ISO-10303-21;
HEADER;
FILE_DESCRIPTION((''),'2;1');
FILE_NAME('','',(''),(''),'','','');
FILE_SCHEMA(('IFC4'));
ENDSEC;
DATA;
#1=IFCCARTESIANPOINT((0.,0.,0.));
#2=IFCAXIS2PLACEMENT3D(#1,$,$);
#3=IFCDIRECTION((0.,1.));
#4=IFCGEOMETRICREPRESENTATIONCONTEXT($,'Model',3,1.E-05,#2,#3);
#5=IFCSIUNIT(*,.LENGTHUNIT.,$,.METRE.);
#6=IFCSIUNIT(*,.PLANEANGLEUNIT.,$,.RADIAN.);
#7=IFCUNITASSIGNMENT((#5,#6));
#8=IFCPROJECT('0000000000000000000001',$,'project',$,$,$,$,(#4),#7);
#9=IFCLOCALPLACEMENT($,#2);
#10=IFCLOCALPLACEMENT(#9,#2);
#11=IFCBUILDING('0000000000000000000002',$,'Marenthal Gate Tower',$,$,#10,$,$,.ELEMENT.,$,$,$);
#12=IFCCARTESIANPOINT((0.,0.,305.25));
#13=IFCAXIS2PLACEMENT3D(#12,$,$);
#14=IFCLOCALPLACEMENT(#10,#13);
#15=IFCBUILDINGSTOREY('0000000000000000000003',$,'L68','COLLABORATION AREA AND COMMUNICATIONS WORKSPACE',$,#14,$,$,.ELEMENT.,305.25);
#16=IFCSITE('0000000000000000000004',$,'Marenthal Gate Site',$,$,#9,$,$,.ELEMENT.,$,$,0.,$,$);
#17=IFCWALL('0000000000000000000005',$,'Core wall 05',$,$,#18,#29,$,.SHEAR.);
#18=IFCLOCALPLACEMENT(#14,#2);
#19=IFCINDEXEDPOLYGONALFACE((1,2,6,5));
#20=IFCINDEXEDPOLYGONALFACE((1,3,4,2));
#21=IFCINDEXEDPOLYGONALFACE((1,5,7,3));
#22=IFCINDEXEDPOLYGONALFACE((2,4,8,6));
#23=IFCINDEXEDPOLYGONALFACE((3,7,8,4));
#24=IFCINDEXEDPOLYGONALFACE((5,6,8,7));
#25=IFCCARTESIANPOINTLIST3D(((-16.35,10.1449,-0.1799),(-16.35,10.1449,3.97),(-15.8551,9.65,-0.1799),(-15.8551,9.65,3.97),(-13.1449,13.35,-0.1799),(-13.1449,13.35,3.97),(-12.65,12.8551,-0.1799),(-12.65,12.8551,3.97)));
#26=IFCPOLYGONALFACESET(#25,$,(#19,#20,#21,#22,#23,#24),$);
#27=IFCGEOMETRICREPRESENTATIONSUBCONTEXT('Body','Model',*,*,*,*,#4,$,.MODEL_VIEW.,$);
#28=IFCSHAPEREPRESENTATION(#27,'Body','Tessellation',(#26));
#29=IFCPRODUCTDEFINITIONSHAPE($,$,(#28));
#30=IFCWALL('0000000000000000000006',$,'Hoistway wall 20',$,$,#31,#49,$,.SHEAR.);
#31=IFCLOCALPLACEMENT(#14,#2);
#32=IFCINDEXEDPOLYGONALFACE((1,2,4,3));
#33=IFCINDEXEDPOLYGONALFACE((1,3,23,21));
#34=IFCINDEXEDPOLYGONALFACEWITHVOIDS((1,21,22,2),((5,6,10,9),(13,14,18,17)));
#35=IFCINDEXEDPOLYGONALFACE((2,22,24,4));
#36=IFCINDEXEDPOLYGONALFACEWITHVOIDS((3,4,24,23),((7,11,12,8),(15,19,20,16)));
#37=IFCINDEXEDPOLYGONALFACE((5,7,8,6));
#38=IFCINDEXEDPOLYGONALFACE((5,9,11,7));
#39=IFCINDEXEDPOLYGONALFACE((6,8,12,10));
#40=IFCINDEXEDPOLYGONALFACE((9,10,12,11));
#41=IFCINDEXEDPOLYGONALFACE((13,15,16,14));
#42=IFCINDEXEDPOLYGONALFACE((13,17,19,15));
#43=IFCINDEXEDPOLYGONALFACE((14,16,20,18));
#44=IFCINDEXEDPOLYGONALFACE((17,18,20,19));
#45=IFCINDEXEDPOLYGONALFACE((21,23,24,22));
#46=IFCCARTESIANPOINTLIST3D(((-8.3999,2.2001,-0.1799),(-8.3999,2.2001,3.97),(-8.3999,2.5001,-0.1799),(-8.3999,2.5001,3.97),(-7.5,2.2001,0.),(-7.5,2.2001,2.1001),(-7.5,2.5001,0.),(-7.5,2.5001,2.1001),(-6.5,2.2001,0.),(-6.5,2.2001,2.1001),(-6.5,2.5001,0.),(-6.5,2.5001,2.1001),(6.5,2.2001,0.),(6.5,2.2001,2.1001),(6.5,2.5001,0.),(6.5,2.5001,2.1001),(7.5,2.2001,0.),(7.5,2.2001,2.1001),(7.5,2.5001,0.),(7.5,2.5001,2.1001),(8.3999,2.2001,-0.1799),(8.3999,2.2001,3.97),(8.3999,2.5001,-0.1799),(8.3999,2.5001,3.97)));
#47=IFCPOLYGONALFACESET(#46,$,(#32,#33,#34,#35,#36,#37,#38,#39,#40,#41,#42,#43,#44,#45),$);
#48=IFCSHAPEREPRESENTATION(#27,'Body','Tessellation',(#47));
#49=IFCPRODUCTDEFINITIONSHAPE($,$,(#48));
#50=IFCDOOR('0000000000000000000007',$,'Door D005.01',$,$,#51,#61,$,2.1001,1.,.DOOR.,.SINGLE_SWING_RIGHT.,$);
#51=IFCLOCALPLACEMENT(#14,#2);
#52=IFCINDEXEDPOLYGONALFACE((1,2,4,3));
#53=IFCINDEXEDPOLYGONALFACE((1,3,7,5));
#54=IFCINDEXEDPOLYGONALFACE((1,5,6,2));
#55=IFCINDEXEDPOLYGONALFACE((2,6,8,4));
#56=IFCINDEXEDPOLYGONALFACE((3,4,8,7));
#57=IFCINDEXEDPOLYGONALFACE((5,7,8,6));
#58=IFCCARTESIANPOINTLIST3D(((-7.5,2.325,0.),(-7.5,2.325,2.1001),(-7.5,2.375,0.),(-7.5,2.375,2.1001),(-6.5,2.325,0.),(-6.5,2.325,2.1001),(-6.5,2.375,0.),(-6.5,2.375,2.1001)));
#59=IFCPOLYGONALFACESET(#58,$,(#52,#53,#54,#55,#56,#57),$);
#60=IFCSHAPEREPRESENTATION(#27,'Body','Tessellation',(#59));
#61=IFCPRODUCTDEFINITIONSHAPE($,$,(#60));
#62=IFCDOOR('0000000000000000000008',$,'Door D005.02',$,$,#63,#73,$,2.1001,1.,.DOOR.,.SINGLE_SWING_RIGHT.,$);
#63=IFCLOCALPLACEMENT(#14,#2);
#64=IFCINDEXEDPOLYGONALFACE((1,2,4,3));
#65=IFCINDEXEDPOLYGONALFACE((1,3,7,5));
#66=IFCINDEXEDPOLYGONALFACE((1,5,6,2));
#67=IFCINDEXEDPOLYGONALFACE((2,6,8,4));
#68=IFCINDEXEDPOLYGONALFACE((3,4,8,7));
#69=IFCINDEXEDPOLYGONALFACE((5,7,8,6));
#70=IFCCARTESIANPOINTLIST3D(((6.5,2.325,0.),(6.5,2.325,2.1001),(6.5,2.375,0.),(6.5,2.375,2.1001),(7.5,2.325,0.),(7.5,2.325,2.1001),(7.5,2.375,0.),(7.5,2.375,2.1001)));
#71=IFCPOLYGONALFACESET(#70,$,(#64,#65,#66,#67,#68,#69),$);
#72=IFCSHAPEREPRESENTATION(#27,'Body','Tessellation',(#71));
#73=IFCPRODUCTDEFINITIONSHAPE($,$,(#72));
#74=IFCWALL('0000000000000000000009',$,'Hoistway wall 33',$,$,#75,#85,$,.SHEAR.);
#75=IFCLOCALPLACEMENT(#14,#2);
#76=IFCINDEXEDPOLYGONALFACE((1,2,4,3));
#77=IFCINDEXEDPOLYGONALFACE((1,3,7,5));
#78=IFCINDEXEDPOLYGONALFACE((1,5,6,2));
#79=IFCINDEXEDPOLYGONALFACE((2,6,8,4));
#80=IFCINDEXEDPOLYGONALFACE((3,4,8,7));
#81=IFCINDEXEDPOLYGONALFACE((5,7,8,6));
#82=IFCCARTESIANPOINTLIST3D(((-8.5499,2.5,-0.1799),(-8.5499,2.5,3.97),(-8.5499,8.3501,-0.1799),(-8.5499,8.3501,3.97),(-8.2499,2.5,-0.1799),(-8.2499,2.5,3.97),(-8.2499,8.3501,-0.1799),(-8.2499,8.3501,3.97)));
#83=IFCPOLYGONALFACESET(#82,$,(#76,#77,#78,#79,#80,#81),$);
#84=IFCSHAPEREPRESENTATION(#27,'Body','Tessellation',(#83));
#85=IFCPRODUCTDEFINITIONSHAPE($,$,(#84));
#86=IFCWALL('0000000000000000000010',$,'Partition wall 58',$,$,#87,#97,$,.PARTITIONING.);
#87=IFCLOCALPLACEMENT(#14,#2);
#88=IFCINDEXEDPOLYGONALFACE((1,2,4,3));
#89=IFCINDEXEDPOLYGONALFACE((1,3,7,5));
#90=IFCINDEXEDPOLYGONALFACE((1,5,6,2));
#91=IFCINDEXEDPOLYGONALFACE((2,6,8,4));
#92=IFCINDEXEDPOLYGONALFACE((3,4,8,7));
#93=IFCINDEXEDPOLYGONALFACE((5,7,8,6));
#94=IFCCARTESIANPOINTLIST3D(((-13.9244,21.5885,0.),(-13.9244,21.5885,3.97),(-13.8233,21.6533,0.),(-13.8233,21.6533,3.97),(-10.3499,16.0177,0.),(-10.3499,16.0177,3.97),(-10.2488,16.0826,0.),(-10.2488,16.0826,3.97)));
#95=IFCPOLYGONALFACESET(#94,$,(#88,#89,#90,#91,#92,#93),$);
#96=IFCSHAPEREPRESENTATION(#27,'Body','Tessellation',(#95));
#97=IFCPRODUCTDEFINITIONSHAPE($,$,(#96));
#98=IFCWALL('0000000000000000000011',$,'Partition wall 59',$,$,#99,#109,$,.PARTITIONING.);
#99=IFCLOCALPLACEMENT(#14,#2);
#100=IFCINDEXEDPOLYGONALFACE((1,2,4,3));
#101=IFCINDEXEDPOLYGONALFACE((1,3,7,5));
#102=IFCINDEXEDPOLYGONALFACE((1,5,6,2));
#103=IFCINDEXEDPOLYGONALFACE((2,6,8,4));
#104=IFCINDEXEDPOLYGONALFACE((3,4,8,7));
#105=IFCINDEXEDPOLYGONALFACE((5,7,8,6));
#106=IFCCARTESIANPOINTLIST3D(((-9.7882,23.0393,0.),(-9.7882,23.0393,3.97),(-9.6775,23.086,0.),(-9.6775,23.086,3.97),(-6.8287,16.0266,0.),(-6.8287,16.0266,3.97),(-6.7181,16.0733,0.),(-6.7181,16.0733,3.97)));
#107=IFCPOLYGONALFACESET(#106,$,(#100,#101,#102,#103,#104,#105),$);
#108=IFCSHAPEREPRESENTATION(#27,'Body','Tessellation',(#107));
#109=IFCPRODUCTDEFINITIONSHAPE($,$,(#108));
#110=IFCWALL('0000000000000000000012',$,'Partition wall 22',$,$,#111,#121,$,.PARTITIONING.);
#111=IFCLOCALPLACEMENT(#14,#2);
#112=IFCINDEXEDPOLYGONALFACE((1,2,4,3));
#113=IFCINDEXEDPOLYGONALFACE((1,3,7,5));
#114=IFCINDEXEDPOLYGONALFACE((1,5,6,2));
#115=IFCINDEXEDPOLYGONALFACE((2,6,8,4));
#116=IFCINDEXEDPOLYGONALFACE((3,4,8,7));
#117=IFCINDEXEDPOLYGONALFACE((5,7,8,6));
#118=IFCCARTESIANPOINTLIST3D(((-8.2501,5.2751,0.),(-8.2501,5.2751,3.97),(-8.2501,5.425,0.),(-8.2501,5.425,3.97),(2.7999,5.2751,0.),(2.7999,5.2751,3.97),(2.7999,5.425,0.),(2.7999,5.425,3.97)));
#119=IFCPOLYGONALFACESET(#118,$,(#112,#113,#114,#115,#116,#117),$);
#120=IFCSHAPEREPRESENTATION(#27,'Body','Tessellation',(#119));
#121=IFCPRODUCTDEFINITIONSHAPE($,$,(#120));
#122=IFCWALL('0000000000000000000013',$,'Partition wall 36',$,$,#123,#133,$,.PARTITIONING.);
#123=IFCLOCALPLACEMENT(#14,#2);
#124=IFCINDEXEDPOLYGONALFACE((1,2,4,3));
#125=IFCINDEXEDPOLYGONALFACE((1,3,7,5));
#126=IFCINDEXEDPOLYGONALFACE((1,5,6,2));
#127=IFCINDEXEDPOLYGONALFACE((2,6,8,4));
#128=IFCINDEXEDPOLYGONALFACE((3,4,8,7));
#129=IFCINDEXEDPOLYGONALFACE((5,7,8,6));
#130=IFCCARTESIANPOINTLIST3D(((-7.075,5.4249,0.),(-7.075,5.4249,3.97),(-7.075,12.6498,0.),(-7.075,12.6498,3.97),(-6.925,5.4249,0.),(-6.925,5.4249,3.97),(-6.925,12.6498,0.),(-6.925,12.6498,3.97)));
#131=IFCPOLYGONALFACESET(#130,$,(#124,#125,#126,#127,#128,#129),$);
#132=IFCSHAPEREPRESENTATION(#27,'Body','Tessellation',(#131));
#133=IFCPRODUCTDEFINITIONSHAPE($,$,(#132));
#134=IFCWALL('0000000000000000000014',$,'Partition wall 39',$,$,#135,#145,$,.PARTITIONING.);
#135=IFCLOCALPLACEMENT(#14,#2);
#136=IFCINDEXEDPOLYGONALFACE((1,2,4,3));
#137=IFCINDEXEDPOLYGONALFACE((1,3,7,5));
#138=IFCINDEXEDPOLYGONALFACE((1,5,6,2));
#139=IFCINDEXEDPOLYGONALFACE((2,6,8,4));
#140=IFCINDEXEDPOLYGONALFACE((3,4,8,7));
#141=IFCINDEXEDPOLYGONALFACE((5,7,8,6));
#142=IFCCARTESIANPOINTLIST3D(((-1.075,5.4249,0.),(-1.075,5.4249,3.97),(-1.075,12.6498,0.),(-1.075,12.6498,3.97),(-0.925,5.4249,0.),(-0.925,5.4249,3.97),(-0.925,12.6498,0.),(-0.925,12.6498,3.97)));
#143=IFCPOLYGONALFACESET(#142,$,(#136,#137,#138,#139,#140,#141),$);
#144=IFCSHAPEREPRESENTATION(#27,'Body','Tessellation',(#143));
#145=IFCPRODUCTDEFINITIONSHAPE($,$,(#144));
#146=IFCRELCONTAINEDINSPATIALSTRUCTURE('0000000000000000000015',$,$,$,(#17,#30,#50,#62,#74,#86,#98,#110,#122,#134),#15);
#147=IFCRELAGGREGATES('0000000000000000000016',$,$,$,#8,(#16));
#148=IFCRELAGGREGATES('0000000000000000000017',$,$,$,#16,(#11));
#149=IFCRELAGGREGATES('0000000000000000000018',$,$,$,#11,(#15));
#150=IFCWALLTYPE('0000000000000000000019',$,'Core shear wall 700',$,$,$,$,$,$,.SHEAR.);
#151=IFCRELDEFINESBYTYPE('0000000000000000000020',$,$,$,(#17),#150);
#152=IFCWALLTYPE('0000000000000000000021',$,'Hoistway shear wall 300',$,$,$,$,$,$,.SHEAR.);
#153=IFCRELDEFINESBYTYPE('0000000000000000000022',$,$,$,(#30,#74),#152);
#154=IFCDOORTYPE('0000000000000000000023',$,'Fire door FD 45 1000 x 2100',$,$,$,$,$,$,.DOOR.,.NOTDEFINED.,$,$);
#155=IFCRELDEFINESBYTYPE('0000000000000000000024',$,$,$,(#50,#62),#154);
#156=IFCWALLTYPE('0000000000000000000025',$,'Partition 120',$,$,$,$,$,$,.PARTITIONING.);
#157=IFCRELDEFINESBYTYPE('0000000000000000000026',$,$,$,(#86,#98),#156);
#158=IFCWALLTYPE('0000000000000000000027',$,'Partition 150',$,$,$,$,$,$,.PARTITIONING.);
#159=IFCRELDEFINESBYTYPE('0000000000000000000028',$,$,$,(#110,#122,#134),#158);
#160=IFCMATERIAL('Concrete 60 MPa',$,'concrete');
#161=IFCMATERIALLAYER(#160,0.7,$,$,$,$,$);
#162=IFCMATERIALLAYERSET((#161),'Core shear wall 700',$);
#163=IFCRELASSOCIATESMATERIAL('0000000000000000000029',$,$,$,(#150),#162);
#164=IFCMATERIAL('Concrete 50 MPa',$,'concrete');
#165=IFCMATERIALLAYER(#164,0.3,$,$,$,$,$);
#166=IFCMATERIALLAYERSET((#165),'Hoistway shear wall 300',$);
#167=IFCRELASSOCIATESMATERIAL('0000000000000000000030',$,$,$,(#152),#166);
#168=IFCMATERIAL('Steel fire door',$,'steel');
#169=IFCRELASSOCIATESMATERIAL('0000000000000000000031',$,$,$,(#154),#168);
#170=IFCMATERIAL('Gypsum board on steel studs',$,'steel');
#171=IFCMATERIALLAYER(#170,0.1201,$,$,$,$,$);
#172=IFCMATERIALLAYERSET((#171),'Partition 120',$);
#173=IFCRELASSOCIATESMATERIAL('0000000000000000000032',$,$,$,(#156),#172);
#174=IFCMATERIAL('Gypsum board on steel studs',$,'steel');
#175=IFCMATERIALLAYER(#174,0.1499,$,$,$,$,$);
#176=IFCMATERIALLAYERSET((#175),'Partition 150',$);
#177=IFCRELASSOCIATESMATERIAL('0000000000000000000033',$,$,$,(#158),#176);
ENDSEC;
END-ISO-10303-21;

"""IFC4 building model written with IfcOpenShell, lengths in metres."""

from ifc_helpers import new_model, si_unit, direction, frame, frame_2d, origin, place, context, subcontext, project, spatial, rectangle, extrude, material, layer, layer_set, type_object, element, fill, save


model = new_model("IFC4")

# Units and contexts
model_context = context("Model", 3, precision=1e-05, world=origin(), true_north=direction((0.0, 1.0)))
body_context = subcontext(model_context, "Body", "Model", "MODEL_VIEW")
ifc_project = project(units=[si_unit("LENGTHUNIT", "METRE"), si_unit("PLANEANGLEUNIT", "RADIAN")], contexts=[model_context])

# Site, building, storey
site_placement = place(None, origin())
site = spatial("IfcSite", under=ifc_project, at=site_placement, Name="Marenthal Gate Site", CompositionType="ELEMENT", RefElevation=0.0)
building_placement = place(site_placement, origin())
building = spatial("IfcBuilding", under=site, at=building_placement, Name="Marenthal Gate Tower", CompositionType="ELEMENT")
storey_placement = place(building_placement, frame((0.0, 0.0, 305.25)))
storey = spatial("IfcBuildingStorey", under=building, at=storey_placement, Name="L68", Description="COLLABORATION AREA AND COMMUNICATIONS WORKSPACE", CompositionType="ELEMENT", Elevation=305.25)

# Wall
ifc_material_1 = material(Name="Concrete 60 MPa", Category="concrete")
ifc_layer_1 = layer(ifc_material_1, 0.7)
ifc_layer_set_1 = layer_set([ifc_layer_1], Name="Core shear wall 700")
wall_type_1 = type_object("IfcWallType", Name="Core shear wall 700", PredefinedType="SHEAR", material=ifc_layer_set_1)
wall_1_placement = place(storey_placement, frame((-12.8975, 13.1025, -0.1799), z_axis=(0.0, 0.0, 1.0), x_axis=(-0.707107, -0.707107, 0.0)))
element("IfcWall", 1, at=wall_1_placement, inside=storey, type_object=wall_type_1, Name="Core wall 05", PredefinedType="SHEAR", context=body_context, shape_type="SweptSolid", body=[
    extrude(rectangle(XDim=4.5327, YDim=0.7, at=frame_2d((2.2664, 0.0))), origin(), (0.0, 0.0, 1.0), 4.1499),
])

# Wall, openings, doors
ifc_material_2 = material(Name="Concrete 50 MPa", Category="concrete")
ifc_layer_2 = layer(ifc_material_2, 0.3)
ifc_layer_set_2 = layer_set([ifc_layer_2], Name="Hoistway shear wall 300")
wall_type_2 = type_object("IfcWallType", Name="Hoistway shear wall 300", PredefinedType="SHEAR", material=ifc_layer_set_2)
wall_2_placement = place(storey_placement, frame((-8.3999, 2.3501, -0.1799), z_axis=(0.0, 0.0, 1.0), x_axis=(1.0, 0.0, 0.0)))
wall_2 = element("IfcWall", 2, at=wall_2_placement, inside=storey, type_object=wall_type_2, Name="Hoistway wall 20", PredefinedType="SHEAR", context=body_context, shape_type="SweptSolid", body=[
    extrude(rectangle(XDim=16.7998, YDim=0.3, at=frame_2d((8.3999, 0.0))), origin(), (0.0, 0.0, 1.0), 4.1499),
])
opening_1_placement = place(wall_2_placement, frame((0.8999, 0.0, 0.1799)))
opening_1 = element("IfcOpeningElement", 3, at=opening_1_placement, cuts=wall_2, PredefinedType="OPENING", context=body_context, shape_type="SweptSolid", body=[
    extrude(rectangle(XDim=1.0, YDim=2.1001, at=frame_2d((0.5, 1.05))), frame((0.0, 0.1602, 0.0), z_axis=(0.0, -1.0, 0.0), x_axis=(1.0, 0.0, 0.0)), (0.0, 0.0, 1.0), 0.3201),
])
opening_2_placement = place(wall_2_placement, frame((14.8999, 0.0, 0.1799)))
opening_2 = element("IfcOpeningElement", 4, at=opening_2_placement, cuts=wall_2, PredefinedType="OPENING", context=body_context, shape_type="SweptSolid", body=[
    extrude(rectangle(XDim=1.0, YDim=2.1001, at=frame_2d((0.5, 1.05))), frame((0.0, 0.1602, 0.0), z_axis=(0.0, -1.0, 0.0), x_axis=(1.0, 0.0, 0.0)), (0.0, 0.0, 1.0), 0.3201),
])
ifc_material_3 = material(Name="Steel fire door", Category="steel")
door_type_1 = type_object("IfcDoorType", Name="Fire door FD 45 1000 x 2100", OperationType="NOTDEFINED", PredefinedType="DOOR", material=ifc_material_3)
door_1_placement = place(opening_1_placement, origin())
door_1 = element("IfcDoor", 5, at=door_1_placement, inside=storey, type_object=door_type_1, Name="Door D005.01", OperationType="SINGLE_SWING_RIGHT", OverallHeight=2.1001, OverallWidth=1.0, PredefinedType="DOOR", context=body_context, shape_type="SweptSolid", body=[
    extrude(rectangle(XDim=1.0, YDim=2.1001, at=frame_2d((0.5, 1.05))), frame((0.0, 0.0249, 0.0), z_axis=(0.0, -1.0, 0.0), x_axis=(1.0, 0.0, 0.0)), (0.0, 0.0, 1.0), 0.05),
])
fill(opening_1, door_1)
door_2_placement = place(opening_2_placement, origin())
door_2 = element("IfcDoor", 6, at=door_2_placement, inside=storey, type_object=door_type_1, Name="Door D005.02", OperationType="SINGLE_SWING_RIGHT", OverallHeight=2.1001, OverallWidth=1.0, PredefinedType="DOOR", context=body_context, shape_type="SweptSolid", body=[
    extrude(rectangle(XDim=1.0, YDim=2.1001, at=frame_2d((0.5, 1.05))), frame((0.0, 0.0249, 0.0), z_axis=(0.0, -1.0, 0.0), x_axis=(1.0, 0.0, 0.0)), (0.0, 0.0, 1.0), 0.05),
])
fill(opening_2, door_2)

# Walls
wall_3_placement = place(storey_placement, frame((-8.3999, 2.5, -0.1799), z_axis=(0.0, 0.0, 1.0), x_axis=(0.0, 1.0, 0.0)))
element("IfcWall", 7, at=wall_3_placement, inside=storey, type_object=wall_type_2, Name="Hoistway wall 33", PredefinedType="SHEAR", context=body_context, shape_type="SweptSolid", body=[
    extrude(rectangle(XDim=5.8501, YDim=0.3, at=frame_2d((2.925, 0.0))), origin(), (0.0, 0.0, 1.0), 4.1499),
])
ifc_material_4 = material(Name="Gypsum board on steel studs", Category="steel")
ifc_layer_3 = layer(ifc_material_4, 0.1201)
ifc_layer_set_3 = layer_set([ifc_layer_3], Name="Partition 120")
wall_type_3 = type_object("IfcWallType", Name="Partition 120", PredefinedType="PARTITIONING", material=ifc_layer_set_3)
wall_4_placement = place(storey_placement, frame((-10.2993, 16.05, 0.0), z_axis=(0.0, 0.0, 1.0), x_axis=(-0.540034, 0.841643, 0.0)))
element("IfcWall", 8, at=wall_4_placement, inside=storey, type_object=wall_type_3, Name="Partition wall 58", PredefinedType="PARTITIONING", context=body_context, shape_type="SweptSolid", body=[
    extrude(rectangle(XDim=6.6189, YDim=0.1201, at=frame_2d((3.3096, 0.0))), origin(), (0.0, 0.0, 1.0), 3.97),
])
wall_5_placement = place(storey_placement, frame((-6.7734, 16.05, 0.0), z_axis=(0.0, 0.0, 1.0), x_axis=(-0.388811, 0.921317, 0.0)))
element("IfcWall", 9, at=wall_5_placement, inside=storey, type_object=wall_type_3, Name="Partition wall 59", PredefinedType="PARTITIONING", context=body_context, shape_type="SweptSolid", body=[
    extrude(rectangle(XDim=7.6116, YDim=0.1201, at=frame_2d((3.8057, 0.0))), origin(), (0.0, 0.0, 1.0), 3.97),
])
ifc_material_5 = material(Name="Gypsum board on steel studs", Category="steel")
ifc_layer_4 = layer(ifc_material_5, 0.1499)
ifc_layer_set_4 = layer_set([ifc_layer_4], Name="Partition 150")
wall_type_4 = type_object("IfcWallType", Name="Partition 150", PredefinedType="PARTITIONING", material=ifc_layer_set_4)
wall_6_placement = place(storey_placement, frame((-8.25, 5.3501, 0.0), z_axis=(0.0, 0.0, 1.0), x_axis=(1.0, 0.0, 0.0)))
element("IfcWall", 10, at=wall_6_placement, inside=storey, type_object=wall_type_4, Name="Partition wall 22", PredefinedType="PARTITIONING", context=body_context, shape_type="SweptSolid", body=[
    extrude(rectangle(XDim=11.05, YDim=0.1499, at=frame_2d((5.5249, 0.0))), origin(), (0.0, 0.0, 1.0), 3.97),
])
for number, where, z_axis, x_axis, name in (
    (11, (-7.0, 5.425, 0.0), (0.0, 0.0, 1.0), (0.0, 1.0, 0.0), "Partition wall 36"),
    (12, (-1.0, 5.425, 0.0), (0.0, 0.0, 1.0), (0.0, 1.0, 0.0), "Partition wall 39"),
):
    element("IfcWall", number, at=place(storey_placement, frame(where, z_axis=z_axis, x_axis=x_axis)), inside=storey, type_object=wall_type_4, Name=name, PredefinedType="PARTITIONING", context=body_context, shape_type="SweptSolid", body=[
        extrude(rectangle(XDim=7.2249, YDim=0.1499, at=frame_2d((3.6123, 0.0))), origin(), (0.0, 0.0, 1.0), 3.97),
    ])

save(model, "model.ifc")
